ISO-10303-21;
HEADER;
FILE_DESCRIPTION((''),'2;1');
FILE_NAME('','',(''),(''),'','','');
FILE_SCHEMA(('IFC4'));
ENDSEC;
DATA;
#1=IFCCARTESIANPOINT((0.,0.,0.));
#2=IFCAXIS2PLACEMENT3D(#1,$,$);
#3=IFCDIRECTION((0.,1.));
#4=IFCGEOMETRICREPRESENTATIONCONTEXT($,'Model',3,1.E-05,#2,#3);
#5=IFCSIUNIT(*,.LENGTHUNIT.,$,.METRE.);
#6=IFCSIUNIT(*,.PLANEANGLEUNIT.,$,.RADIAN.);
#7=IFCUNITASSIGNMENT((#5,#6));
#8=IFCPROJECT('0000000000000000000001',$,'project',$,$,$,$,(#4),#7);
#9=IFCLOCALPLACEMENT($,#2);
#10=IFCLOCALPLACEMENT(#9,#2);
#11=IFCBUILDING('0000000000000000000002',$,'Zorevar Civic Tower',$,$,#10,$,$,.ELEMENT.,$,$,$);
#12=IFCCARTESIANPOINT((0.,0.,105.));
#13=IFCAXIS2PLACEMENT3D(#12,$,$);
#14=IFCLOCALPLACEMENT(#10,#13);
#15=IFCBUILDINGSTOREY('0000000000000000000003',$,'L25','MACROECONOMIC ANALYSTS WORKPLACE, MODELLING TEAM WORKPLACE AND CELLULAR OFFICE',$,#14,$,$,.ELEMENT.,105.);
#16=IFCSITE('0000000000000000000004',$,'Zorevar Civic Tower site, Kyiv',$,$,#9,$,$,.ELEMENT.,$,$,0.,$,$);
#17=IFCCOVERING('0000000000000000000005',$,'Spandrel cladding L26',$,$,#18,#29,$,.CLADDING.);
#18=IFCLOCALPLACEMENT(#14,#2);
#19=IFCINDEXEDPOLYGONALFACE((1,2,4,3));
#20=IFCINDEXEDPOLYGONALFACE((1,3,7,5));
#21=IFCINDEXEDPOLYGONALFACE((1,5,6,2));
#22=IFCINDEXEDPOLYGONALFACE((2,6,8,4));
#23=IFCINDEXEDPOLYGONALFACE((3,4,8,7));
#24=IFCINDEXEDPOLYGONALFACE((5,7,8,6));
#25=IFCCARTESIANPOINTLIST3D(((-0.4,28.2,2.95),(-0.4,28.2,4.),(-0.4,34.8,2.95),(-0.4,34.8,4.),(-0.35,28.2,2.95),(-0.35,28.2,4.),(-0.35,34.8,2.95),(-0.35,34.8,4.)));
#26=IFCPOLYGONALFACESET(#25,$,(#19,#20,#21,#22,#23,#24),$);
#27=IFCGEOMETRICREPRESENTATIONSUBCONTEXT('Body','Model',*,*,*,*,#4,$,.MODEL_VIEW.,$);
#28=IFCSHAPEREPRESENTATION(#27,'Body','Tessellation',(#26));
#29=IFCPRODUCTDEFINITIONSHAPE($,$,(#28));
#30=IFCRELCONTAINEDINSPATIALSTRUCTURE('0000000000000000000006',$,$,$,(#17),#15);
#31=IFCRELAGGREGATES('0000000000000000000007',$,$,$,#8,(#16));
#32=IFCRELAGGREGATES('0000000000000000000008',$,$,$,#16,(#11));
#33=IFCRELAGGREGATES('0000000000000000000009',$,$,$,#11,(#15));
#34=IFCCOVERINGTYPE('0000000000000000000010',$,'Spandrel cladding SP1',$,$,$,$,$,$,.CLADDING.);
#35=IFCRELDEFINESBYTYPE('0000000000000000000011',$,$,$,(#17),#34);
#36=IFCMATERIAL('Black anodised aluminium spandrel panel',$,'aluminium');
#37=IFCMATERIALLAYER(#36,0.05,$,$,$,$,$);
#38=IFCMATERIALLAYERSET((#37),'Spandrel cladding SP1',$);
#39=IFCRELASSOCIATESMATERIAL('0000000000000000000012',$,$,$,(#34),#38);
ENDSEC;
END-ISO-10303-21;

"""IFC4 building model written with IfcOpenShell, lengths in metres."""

from ifc_helpers import new_model, si_unit, direction, frame, frame_2d, origin, place, context, subcontext, project, spatial, rectangle, extrude, material, layer, layer_set, type_object, element, save


model = new_model("IFC4")

# Units and contexts
model_context = context("Model", 3, precision=1e-05, world=origin(), true_north=direction((0.0, 1.0)))
body_context = subcontext(model_context, "Body", "Model", "MODEL_VIEW")
ifc_project = project(units=[si_unit("LENGTHUNIT", "METRE"), si_unit("PLANEANGLEUNIT", "RADIAN")], contexts=[model_context])

# Site, building, storey
site_placement = place(None, origin())
site = spatial("IfcSite", under=ifc_project, at=site_placement, Name="Zorevar Civic Tower site, Kyiv", CompositionType="ELEMENT", RefElevation=0.0)
building_placement = place(site_placement, origin())
building = spatial("IfcBuilding", under=site, at=building_placement, Name="Zorevar Civic Tower", CompositionType="ELEMENT")
storey_placement = place(building_placement, frame((0.0, 0.0, 105.0)))
storey = spatial("IfcBuildingStorey", under=building, at=storey_placement, Name="L25", Description="MACROECONOMIC ANALYSTS WORKPLACE, MODELLING TEAM WORKPLACE AND CELLULAR OFFICE", CompositionType="ELEMENT", Elevation=105.0)

# Covering
ifc_material_1 = material(Name="Black anodised aluminium spandrel panel", Category="aluminium")
ifc_layer_1 = layer(ifc_material_1, 0.05)
ifc_layer_set_1 = layer_set([ifc_layer_1], Name="Spandrel cladding SP1")
covering_type = type_object("IfcCoveringType", Name="Spandrel cladding SP1", PredefinedType="CLADDING", material=ifc_layer_set_1)
for number, where, z_axis, x_axis, name in (
    (1, (-0.375, 28.2, 2.95), (0.0, 0.0, 1.0), (0.0, 1.0, 0.0), "Spandrel cladding L26"),
):
    element("IfcCovering", number, at=place(storey_placement, frame(where, z_axis=z_axis, x_axis=x_axis)), inside=storey, type_object=covering_type, Name=name, PredefinedType="CLADDING", context=body_context, shape_type="SweptSolid", body=[
        extrude(rectangle(XDim=6.6001, YDim=0.05, at=frame_2d((3.3, 0.0))), origin(), (0.0, 0.0, 1.0), 1.05),
    ])

save(model, "model.ifc")
